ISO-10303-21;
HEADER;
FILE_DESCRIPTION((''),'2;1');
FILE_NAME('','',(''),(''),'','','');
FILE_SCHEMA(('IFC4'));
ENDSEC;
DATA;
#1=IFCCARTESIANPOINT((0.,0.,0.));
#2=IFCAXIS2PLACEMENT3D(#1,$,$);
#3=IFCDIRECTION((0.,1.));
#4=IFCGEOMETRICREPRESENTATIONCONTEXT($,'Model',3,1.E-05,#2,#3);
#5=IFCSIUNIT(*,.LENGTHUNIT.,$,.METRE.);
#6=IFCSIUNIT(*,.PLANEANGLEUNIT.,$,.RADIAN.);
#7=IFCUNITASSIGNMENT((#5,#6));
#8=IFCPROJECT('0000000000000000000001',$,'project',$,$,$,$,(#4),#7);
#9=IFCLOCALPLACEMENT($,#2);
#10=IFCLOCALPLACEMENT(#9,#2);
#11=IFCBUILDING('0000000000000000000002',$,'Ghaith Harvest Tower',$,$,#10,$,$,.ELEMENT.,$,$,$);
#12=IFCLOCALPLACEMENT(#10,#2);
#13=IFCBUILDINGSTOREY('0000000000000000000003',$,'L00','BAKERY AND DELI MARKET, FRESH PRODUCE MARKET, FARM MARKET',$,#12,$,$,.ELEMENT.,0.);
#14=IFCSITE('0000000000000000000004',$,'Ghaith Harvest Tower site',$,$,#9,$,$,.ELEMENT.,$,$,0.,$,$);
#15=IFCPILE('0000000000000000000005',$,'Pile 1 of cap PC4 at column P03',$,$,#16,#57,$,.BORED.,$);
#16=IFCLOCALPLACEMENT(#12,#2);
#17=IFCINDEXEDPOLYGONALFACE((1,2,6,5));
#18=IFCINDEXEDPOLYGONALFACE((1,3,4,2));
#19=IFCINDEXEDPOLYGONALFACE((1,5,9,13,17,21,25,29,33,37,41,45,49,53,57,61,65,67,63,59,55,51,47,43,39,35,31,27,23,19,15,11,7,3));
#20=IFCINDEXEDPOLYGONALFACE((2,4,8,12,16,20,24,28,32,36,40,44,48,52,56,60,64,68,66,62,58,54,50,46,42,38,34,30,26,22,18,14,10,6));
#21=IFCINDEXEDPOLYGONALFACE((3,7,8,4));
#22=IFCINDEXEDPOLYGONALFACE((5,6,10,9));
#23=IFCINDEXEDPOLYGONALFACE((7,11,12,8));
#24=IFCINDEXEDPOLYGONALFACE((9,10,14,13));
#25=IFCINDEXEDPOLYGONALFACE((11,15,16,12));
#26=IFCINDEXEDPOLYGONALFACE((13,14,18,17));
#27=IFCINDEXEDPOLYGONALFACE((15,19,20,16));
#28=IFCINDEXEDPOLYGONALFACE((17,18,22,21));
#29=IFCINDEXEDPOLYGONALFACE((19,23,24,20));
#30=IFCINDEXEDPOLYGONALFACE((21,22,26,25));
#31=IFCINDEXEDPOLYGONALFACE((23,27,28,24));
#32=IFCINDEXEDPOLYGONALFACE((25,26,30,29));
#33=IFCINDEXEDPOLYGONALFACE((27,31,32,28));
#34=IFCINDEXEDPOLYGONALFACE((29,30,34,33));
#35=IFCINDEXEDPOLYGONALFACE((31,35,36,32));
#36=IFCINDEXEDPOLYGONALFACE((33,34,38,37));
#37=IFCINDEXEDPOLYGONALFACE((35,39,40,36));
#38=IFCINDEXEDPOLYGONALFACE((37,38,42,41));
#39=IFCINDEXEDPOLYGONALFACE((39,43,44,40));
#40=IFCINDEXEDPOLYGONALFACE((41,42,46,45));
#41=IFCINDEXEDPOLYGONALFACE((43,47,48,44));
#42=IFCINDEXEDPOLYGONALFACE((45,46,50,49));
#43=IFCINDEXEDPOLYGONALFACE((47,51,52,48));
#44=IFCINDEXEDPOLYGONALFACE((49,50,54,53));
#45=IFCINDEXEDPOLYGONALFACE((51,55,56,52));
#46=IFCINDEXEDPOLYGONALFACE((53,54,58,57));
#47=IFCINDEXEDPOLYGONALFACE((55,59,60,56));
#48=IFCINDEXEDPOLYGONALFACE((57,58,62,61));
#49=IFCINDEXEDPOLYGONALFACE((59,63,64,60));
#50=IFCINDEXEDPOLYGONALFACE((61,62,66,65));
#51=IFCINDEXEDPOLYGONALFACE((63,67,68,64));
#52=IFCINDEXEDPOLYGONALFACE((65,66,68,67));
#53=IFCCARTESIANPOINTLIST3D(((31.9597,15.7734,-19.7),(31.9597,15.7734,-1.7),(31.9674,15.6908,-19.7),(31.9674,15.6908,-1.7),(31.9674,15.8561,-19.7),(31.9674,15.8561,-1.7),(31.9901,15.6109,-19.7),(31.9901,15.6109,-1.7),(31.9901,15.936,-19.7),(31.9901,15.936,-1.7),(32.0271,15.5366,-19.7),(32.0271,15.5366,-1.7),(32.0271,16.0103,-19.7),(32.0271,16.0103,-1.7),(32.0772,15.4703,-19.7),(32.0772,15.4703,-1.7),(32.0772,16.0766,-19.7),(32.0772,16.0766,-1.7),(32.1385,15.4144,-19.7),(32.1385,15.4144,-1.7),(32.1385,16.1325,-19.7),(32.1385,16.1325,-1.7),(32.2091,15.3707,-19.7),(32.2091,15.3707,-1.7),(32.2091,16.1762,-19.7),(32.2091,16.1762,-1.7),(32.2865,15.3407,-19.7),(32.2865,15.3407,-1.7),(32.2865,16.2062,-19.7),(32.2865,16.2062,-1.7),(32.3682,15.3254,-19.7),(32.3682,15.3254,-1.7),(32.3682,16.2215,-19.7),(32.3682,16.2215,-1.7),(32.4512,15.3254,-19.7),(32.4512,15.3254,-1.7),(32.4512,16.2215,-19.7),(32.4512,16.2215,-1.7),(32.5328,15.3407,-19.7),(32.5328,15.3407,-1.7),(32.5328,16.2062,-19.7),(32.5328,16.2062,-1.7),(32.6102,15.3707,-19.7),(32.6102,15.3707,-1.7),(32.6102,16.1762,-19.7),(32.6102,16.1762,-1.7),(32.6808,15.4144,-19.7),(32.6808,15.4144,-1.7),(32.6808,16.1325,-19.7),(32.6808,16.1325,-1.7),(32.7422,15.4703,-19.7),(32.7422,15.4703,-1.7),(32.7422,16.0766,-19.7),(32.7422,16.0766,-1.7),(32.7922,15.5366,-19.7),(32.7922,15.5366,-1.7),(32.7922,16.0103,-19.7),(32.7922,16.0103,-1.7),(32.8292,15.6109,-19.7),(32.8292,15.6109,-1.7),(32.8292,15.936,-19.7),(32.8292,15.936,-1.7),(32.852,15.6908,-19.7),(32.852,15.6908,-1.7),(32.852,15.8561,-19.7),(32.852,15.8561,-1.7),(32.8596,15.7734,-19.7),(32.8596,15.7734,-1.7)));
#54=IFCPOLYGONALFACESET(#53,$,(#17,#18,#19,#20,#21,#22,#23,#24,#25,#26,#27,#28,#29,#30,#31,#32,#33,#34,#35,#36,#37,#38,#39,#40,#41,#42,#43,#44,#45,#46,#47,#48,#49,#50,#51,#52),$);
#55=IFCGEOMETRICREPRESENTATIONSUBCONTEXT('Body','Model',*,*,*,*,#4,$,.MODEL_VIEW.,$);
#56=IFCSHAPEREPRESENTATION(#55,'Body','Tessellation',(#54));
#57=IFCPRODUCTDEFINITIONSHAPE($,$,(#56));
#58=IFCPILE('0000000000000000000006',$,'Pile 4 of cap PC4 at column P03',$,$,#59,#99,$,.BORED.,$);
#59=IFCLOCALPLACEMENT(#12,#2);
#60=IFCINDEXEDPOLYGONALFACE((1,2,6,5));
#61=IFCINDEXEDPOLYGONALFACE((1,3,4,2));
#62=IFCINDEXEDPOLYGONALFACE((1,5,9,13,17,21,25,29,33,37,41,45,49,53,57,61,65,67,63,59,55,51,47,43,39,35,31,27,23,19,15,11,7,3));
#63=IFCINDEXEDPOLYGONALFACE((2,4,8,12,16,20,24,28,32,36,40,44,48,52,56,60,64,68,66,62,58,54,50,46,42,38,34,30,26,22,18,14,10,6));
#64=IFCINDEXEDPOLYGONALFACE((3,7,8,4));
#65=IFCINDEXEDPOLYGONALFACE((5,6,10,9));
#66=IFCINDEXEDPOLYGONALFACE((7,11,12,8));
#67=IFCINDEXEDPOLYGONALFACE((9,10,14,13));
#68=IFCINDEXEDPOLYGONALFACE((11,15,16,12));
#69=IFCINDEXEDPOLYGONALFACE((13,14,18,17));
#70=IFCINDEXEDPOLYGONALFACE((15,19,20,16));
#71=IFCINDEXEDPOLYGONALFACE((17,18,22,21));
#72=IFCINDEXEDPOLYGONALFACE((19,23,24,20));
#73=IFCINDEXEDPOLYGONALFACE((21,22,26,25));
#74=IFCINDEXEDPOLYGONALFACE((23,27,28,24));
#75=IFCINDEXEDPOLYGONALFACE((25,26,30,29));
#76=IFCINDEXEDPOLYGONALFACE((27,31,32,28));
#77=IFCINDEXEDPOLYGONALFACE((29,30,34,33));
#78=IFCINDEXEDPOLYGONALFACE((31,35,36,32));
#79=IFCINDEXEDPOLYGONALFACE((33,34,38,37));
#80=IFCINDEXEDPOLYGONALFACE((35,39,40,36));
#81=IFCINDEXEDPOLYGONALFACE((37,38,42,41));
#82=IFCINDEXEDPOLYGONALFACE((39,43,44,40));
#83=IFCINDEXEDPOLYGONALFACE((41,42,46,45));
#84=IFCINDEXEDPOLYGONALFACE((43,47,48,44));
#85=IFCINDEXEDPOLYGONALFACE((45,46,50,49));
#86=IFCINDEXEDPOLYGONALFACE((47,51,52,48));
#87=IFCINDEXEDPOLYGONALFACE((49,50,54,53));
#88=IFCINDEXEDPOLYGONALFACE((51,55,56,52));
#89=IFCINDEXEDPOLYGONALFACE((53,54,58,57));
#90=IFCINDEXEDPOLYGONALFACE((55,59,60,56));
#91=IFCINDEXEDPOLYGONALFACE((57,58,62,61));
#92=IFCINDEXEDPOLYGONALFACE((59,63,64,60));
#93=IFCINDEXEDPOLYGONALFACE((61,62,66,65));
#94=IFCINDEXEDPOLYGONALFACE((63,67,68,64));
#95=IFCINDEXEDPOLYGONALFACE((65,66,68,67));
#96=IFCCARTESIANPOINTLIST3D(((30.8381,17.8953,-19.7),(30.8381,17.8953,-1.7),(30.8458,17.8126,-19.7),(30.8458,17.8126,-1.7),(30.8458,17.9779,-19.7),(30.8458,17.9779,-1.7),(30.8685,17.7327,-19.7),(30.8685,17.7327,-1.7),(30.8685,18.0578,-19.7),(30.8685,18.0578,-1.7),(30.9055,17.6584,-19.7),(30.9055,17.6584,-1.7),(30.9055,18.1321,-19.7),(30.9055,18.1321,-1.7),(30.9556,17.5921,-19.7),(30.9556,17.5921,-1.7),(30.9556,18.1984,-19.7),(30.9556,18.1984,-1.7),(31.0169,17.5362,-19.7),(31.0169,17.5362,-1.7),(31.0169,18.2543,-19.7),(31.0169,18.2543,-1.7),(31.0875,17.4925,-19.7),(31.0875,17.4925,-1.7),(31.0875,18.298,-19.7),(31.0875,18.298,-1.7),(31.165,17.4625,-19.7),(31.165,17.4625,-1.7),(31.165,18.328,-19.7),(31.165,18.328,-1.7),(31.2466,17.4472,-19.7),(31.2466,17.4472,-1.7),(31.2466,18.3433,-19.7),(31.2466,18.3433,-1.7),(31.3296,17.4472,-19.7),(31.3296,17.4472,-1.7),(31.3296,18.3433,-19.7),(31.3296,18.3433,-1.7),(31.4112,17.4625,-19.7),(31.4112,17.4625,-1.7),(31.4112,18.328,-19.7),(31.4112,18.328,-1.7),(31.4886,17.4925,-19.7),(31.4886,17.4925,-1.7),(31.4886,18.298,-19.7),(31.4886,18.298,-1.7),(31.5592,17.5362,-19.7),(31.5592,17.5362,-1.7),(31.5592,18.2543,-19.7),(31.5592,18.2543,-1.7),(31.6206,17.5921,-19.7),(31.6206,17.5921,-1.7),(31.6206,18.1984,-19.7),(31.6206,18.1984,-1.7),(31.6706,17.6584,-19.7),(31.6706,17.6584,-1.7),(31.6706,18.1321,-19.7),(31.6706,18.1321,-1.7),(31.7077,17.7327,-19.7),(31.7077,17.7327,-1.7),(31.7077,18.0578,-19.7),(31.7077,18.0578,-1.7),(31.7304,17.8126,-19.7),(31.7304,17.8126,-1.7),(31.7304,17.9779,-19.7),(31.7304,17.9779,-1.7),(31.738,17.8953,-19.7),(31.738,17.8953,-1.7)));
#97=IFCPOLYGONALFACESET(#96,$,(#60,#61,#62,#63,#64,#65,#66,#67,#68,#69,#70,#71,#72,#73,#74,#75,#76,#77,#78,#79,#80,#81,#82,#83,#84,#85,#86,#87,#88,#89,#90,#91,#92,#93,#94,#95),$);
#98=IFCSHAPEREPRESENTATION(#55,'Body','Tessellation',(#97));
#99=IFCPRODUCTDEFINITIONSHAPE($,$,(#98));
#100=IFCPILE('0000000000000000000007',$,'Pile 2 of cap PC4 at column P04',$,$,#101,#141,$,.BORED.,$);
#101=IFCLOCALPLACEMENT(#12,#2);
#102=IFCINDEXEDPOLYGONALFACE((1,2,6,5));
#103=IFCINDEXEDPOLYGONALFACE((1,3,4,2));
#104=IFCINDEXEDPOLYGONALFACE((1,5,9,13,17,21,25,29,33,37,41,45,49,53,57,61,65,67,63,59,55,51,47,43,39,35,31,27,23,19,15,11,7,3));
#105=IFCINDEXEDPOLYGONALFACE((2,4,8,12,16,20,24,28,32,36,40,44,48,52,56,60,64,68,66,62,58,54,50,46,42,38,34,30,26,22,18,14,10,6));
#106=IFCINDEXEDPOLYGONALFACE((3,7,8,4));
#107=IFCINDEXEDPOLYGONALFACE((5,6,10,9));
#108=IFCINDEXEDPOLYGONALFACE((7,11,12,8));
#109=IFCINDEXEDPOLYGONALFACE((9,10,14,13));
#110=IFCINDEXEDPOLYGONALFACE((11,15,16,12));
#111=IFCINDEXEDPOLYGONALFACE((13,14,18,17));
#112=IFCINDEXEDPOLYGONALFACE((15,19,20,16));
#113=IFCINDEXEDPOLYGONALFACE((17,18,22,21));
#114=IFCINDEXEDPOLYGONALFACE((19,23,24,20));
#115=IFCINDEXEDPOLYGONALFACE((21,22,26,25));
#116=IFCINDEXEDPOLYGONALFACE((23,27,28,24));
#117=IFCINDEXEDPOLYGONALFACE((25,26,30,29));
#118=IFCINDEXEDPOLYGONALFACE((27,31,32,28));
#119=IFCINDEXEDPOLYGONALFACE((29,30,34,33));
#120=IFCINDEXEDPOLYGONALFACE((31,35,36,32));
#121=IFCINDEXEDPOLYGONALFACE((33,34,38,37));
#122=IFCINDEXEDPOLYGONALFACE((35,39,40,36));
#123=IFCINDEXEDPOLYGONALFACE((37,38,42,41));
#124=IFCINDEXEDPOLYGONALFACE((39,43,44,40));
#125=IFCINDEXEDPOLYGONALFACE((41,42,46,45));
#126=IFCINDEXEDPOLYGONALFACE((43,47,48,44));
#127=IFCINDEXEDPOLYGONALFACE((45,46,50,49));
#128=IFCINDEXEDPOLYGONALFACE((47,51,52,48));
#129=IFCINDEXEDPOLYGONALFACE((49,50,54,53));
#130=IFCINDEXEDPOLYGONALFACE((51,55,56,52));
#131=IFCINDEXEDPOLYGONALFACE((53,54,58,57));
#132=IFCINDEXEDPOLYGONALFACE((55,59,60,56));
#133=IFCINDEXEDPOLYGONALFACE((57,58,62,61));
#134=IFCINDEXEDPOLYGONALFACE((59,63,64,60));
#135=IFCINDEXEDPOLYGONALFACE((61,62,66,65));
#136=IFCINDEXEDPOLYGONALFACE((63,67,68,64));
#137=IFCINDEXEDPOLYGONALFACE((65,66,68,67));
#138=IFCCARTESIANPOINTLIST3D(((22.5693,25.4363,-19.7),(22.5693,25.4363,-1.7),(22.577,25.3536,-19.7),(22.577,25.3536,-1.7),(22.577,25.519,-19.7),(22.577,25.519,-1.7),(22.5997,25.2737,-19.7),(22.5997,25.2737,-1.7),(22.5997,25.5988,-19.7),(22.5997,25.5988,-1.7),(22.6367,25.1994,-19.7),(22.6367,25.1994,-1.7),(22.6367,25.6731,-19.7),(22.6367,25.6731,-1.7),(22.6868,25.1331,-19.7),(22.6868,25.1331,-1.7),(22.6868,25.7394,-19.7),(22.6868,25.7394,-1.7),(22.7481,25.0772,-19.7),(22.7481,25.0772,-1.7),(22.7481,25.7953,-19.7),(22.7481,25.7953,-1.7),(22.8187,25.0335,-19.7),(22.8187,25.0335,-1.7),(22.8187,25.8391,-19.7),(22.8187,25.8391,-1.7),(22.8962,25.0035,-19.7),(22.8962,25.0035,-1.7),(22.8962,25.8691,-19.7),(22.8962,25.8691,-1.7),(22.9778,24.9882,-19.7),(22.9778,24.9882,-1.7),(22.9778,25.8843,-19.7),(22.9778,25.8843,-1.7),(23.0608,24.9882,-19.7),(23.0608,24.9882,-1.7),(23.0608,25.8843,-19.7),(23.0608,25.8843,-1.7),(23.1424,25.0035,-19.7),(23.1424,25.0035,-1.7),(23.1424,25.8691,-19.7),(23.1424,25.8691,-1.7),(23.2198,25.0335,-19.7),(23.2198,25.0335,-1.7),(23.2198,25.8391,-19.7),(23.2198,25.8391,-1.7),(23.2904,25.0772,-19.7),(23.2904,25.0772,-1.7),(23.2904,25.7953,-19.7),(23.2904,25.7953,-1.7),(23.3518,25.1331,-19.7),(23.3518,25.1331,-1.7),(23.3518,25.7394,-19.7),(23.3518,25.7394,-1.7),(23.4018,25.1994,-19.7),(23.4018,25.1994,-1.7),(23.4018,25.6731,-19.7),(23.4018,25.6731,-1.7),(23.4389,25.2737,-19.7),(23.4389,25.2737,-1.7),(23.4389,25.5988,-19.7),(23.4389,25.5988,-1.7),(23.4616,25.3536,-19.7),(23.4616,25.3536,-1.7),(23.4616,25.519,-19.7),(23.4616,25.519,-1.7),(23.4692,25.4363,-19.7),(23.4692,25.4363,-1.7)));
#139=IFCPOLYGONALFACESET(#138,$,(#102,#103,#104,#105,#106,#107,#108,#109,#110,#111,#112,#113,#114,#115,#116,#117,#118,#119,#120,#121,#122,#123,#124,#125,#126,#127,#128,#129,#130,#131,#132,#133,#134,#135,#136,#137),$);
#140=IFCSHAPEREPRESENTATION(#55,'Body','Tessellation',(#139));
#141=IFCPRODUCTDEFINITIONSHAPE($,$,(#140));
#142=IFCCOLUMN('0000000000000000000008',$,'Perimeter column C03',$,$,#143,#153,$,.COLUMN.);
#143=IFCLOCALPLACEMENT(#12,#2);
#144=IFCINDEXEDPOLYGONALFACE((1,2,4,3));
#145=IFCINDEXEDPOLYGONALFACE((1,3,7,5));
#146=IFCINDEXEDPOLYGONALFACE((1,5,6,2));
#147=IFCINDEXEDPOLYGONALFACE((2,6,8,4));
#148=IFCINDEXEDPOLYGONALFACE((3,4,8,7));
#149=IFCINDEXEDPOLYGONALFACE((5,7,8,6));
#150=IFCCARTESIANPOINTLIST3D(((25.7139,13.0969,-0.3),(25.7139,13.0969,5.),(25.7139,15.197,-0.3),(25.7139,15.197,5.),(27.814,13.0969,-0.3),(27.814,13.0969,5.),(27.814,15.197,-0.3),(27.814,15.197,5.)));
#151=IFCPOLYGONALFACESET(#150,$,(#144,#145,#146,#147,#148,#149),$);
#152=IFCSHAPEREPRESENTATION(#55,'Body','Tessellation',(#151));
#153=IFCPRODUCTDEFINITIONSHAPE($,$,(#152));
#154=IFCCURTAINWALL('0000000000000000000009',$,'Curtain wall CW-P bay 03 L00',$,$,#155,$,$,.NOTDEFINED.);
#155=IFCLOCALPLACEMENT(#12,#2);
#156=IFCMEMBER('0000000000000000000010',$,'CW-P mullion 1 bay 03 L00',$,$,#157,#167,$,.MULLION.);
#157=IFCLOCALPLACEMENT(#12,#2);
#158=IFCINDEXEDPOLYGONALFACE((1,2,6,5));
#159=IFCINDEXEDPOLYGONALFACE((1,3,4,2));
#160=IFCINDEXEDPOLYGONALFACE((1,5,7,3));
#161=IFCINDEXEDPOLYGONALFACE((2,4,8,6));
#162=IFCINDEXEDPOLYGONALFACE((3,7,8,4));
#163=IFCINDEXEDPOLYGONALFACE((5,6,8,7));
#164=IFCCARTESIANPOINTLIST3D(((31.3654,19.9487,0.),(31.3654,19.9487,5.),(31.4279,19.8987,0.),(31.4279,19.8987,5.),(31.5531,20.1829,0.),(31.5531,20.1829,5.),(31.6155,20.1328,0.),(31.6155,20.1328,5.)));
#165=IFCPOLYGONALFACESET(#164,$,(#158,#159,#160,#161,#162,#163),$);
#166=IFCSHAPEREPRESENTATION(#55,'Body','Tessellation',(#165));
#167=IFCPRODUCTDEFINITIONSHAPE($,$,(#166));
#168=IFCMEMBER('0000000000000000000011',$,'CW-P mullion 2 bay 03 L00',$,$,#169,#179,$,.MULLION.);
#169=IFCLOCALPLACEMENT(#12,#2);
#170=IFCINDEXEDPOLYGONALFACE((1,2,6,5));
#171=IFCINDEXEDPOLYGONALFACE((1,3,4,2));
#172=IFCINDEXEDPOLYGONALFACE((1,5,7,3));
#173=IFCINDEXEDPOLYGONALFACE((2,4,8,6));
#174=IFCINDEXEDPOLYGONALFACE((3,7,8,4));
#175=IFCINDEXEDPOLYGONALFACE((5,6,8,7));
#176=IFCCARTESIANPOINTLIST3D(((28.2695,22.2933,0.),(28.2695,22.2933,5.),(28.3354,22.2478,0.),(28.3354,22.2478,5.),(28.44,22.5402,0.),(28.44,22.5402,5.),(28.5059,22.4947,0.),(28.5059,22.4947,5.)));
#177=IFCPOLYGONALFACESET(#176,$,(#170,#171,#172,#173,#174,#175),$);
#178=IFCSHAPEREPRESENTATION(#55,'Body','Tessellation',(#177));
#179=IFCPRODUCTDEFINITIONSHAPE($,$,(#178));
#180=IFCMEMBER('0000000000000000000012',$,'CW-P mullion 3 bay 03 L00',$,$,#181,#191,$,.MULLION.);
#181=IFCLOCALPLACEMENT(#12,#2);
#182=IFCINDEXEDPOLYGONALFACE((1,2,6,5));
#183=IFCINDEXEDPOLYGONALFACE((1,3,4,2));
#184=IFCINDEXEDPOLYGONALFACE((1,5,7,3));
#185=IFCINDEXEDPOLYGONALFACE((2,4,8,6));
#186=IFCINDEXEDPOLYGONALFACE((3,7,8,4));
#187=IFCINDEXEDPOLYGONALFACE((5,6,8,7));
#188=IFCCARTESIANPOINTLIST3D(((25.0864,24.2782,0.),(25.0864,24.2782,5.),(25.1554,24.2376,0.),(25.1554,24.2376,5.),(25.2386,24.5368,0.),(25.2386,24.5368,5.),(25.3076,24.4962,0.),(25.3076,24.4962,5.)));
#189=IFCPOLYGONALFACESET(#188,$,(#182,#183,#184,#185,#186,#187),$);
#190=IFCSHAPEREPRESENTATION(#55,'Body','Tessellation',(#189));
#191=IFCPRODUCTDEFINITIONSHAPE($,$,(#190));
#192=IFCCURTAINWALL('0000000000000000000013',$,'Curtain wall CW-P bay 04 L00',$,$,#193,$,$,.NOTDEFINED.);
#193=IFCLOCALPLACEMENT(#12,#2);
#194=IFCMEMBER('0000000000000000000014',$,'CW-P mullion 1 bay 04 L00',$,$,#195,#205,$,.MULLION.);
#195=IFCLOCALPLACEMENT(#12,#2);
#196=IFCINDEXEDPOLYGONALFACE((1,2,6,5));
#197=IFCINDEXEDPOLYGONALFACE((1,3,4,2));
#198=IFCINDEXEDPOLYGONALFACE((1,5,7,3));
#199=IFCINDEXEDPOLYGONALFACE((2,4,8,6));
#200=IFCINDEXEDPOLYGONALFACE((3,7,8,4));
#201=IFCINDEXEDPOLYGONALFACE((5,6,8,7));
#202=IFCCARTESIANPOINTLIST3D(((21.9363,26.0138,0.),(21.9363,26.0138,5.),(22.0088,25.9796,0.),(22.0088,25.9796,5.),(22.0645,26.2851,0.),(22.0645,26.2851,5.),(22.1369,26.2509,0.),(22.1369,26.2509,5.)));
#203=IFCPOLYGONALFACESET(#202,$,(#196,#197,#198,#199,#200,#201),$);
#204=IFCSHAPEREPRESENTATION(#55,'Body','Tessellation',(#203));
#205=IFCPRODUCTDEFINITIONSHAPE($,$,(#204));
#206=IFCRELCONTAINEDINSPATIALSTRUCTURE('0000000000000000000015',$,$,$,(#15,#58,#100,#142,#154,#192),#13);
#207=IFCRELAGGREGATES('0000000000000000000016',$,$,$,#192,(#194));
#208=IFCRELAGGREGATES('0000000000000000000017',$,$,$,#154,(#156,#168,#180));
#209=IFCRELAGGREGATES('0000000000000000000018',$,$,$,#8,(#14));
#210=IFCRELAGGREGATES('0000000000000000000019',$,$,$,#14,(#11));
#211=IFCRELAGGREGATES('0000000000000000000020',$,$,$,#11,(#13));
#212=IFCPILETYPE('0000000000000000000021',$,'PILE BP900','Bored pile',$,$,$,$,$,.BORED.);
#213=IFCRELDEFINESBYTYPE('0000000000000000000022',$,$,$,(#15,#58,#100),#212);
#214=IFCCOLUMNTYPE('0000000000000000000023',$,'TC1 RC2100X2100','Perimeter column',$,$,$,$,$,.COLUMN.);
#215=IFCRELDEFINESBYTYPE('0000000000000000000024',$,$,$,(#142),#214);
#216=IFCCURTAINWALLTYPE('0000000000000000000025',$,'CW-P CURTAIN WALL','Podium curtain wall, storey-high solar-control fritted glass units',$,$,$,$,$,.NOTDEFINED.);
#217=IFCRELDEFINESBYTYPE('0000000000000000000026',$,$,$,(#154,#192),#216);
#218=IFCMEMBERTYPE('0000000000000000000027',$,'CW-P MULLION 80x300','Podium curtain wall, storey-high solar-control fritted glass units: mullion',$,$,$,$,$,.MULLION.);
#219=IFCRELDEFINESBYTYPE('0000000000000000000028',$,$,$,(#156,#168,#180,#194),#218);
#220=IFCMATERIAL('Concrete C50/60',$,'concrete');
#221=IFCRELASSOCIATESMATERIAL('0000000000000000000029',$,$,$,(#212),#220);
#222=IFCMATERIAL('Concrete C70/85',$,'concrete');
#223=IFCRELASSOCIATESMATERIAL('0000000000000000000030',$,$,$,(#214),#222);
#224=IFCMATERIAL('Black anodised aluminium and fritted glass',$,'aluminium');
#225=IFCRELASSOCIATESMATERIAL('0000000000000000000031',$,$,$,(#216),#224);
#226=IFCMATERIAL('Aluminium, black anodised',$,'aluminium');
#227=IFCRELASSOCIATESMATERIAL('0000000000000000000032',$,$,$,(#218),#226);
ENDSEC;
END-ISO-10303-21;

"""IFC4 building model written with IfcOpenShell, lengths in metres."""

from ifc_helpers import new_model, si_unit, direction, frame, origin, origin_2d, place, context, subcontext, project, spatial, rectangle, circle, extrude, material, material_profile, profile_set, type_object, element, aggregate, save


model = new_model("IFC4")

# Units and contexts
model_context = context("Model", 3, precision=1e-05, world=origin(), true_north=direction((0.0, 1.0)))
body_context = subcontext(model_context, "Body", "Model", "MODEL_VIEW")
ifc_project = project(units=[si_unit("LENGTHUNIT", "METRE"), si_unit("PLANEANGLEUNIT", "RADIAN")], contexts=[model_context])

# Site, building, storey
site_placement = place(None, origin())
site = spatial("IfcSite", under=ifc_project, at=site_placement, Name="Ghaith Harvest Tower site", CompositionType="ELEMENT", RefElevation=0.0)
building_placement = place(site_placement, origin())
building = spatial("IfcBuilding", under=site, at=building_placement, Name="Ghaith Harvest Tower", CompositionType="ELEMENT")
storey_placement = place(building_placement, origin())
storey = spatial("IfcBuildingStorey", under=building, at=storey_placement, Name="L00", Description="BAKERY AND DELI MARKET, FRESH PRODUCE MARKET, FARM MARKET", CompositionType="ELEMENT", Elevation=0.0)

# Piles
ifc_material_1 = material(Name="Concrete C50/60", Category="concrete")
ifc_material_profile_1 = material_profile(ifc_material_1, circle(Radius=0.45, at=origin_2d()), Name="PILE900")
ifc_profile_set_1 = profile_set([ifc_material_profile_1], Name="Concrete C50/60")
pile_type_1 = type_object("IfcPileType", Name="PILE BP900", Description="Bored pile", PredefinedType="BORED", material=ifc_profile_set_1)
for number, where, z_axis, x_axis, name in (
    (1, (32.4097, 15.7734, -1.7), (0.0, 0.0, -1.0), (1.0, 0.0, 0.0), "Pile 1 of cap PC4 at column P03"),
    (2, (31.2881, 17.8953, -1.7), (0.0, 0.0, -1.0), (1.0, 0.0, 0.0), "Pile 4 of cap PC4 at column P03"),
    (3, (23.0193, 25.4363, -1.7), (0.0, 0.0, -1.0), (1.0, 0.0, 0.0), "Pile 2 of cap PC4 at column P04"),
):
    element("IfcPile", number, at=place(storey_placement, frame(where, z_axis=z_axis, x_axis=x_axis)), inside=storey, type_object=pile_type_1, Name=name, PredefinedType="BORED", context=body_context, shape_type="SweptSolid", body=[
        extrude(circle(Radius=0.45, at=origin_2d()), origin(), (0.0, 0.0, 1.0), 18.0),
    ])

# Column
ifc_material_2 = material(Name="Concrete C70/85", Category="concrete")
ifc_material_profile_2 = material_profile(ifc_material_2, rectangle(XDim=2.1001, YDim=2.1001, at=origin_2d()), Name="RC2100X2100")
ifc_profile_set_2 = profile_set([ifc_material_profile_2], Name="Concrete C70/85")
column_type = type_object("IfcColumnType", Name="TC1 RC2100X2100", Description="Perimeter column", PredefinedType="COLUMN", material=ifc_profile_set_2)
column_placement = place(storey_placement, frame((26.7639, 14.147, -0.3), z_axis=(0.0, 0.0, 1.0), x_axis=(1.0, 0.0, 0.0)))
element("IfcColumn", 4, at=column_placement, inside=storey, type_object=column_type, Name="Perimeter column C03", PredefinedType="COLUMN", context=body_context, shape_type="SweptSolid", body=[
    extrude(rectangle(XDim=2.1001, YDim=2.1001, at=origin_2d()), origin(), (0.0, 0.0, 1.0), 5.3),
])

# Curtain wall, members
ifc_material_3 = material(Name="Black anodised aluminium and fritted glass", Category="aluminium")
curtain_wall_type = type_object("IfcCurtainWallType", Name="CW-P CURTAIN WALL", Description="Podium curtain wall, storey-high solar-control fritted glass units", PredefinedType="NOTDEFINED", material=ifc_material_3)
curtain_wall_1_placement = place(storey_placement, origin())
curtain_wall_1 = element("IfcCurtainWall", 5, at=curtain_wall_1_placement, inside=storey, type_object=curtain_wall_type, Name="Curtain wall CW-P bay 03 L00", PredefinedType="NOTDEFINED")
ifc_material_4 = material(Name="Aluminium, black anodised", Category="aluminium")
ifc_material_profile_3 = material_profile(ifc_material_4, rectangle(XDim=0.0801, YDim=0.3, at=origin_2d()), Name="CW-P MULLION 80x300")
ifc_profile_set_3 = profile_set([ifc_material_profile_3], Name="Aluminium, black anodised")
member_type_1 = type_object("IfcMemberType", Name="CW-P MULLION 80x300", Description="Podium curtain wall, storey-high solar-control fritted glass units: mullion", PredefinedType="MULLION", material=ifc_profile_set_3)
member_1_placement = place(storey_placement, frame((31.4905, 20.0408, 0.0), z_axis=(0.0, 0.0, 1.0), x_axis=(-0.780317, 0.625384, 0.0)))
member_1 = element("IfcMember", 6, at=member_1_placement, type_object=member_type_1, Name="CW-P mullion 1 bay 03 L00", PredefinedType="MULLION", context=body_context, shape_type="SweptSolid", body=[
    extrude(rectangle(XDim=0.0801, YDim=0.3, at=origin_2d()), origin(), (0.0, 0.0, 1.0), 5.0),
])
member_2_placement = place(storey_placement, frame((28.3877, 22.394, 0.0), z_axis=(0.0, 0.0, 1.0), x_axis=(-0.822845, 0.568267, 0.0)))
member_2 = element("IfcMember", 7, at=member_2_placement, type_object=member_type_1, Name="CW-P mullion 2 bay 03 L00", PredefinedType="MULLION", context=body_context, shape_type="SweptSolid", body=[
    extrude(rectangle(XDim=0.0801, YDim=0.3, at=origin_2d()), origin(), (0.0, 0.0, 1.0), 5.0),
])
member_3_placement = place(storey_placement, frame((25.197, 24.3872, 0.0), z_axis=(0.0, 0.0, 1.0), x_axis=(-0.861801, 0.507247, 0.0)))
member_3 = element("IfcMember", 8, at=member_3_placement, type_object=member_type_1, Name="CW-P mullion 3 bay 03 L00", PredefinedType="MULLION", context=body_context, shape_type="SweptSolid", body=[
    extrude(rectangle(XDim=0.0801, YDim=0.3, at=origin_2d()), origin(), (0.0, 0.0, 1.0), 5.0),
])

# Curtain wall, member
curtain_wall_2_placement = place(storey_placement, origin())
curtain_wall_2 = element("IfcCurtainWall", 9, at=curtain_wall_2_placement, inside=storey, type_object=curtain_wall_type, Name="Curtain wall CW-P bay 04 L00", PredefinedType="NOTDEFINED")
member_4_placement = place(storey_placement, frame((22.0366, 26.1323, 0.0), z_axis=(0.0, 0.0, 1.0), x_axis=(-0.904207, 0.427095, 0.0)))
member_4 = element("IfcMember", 10, at=member_4_placement, type_object=member_type_1, Name="CW-P mullion 1 bay 04 L00", PredefinedType="MULLION", context=body_context, shape_type="SweptSolid", body=[
    extrude(rectangle(XDim=0.0801, YDim=0.3, at=origin_2d()), origin(), (0.0, 0.0, 1.0), 5.0),
])

aggregate(curtain_wall_2, [member_4])

aggregate(curtain_wall_1, [member_1, member_2, member_3])

save(model, "model.ifc")
